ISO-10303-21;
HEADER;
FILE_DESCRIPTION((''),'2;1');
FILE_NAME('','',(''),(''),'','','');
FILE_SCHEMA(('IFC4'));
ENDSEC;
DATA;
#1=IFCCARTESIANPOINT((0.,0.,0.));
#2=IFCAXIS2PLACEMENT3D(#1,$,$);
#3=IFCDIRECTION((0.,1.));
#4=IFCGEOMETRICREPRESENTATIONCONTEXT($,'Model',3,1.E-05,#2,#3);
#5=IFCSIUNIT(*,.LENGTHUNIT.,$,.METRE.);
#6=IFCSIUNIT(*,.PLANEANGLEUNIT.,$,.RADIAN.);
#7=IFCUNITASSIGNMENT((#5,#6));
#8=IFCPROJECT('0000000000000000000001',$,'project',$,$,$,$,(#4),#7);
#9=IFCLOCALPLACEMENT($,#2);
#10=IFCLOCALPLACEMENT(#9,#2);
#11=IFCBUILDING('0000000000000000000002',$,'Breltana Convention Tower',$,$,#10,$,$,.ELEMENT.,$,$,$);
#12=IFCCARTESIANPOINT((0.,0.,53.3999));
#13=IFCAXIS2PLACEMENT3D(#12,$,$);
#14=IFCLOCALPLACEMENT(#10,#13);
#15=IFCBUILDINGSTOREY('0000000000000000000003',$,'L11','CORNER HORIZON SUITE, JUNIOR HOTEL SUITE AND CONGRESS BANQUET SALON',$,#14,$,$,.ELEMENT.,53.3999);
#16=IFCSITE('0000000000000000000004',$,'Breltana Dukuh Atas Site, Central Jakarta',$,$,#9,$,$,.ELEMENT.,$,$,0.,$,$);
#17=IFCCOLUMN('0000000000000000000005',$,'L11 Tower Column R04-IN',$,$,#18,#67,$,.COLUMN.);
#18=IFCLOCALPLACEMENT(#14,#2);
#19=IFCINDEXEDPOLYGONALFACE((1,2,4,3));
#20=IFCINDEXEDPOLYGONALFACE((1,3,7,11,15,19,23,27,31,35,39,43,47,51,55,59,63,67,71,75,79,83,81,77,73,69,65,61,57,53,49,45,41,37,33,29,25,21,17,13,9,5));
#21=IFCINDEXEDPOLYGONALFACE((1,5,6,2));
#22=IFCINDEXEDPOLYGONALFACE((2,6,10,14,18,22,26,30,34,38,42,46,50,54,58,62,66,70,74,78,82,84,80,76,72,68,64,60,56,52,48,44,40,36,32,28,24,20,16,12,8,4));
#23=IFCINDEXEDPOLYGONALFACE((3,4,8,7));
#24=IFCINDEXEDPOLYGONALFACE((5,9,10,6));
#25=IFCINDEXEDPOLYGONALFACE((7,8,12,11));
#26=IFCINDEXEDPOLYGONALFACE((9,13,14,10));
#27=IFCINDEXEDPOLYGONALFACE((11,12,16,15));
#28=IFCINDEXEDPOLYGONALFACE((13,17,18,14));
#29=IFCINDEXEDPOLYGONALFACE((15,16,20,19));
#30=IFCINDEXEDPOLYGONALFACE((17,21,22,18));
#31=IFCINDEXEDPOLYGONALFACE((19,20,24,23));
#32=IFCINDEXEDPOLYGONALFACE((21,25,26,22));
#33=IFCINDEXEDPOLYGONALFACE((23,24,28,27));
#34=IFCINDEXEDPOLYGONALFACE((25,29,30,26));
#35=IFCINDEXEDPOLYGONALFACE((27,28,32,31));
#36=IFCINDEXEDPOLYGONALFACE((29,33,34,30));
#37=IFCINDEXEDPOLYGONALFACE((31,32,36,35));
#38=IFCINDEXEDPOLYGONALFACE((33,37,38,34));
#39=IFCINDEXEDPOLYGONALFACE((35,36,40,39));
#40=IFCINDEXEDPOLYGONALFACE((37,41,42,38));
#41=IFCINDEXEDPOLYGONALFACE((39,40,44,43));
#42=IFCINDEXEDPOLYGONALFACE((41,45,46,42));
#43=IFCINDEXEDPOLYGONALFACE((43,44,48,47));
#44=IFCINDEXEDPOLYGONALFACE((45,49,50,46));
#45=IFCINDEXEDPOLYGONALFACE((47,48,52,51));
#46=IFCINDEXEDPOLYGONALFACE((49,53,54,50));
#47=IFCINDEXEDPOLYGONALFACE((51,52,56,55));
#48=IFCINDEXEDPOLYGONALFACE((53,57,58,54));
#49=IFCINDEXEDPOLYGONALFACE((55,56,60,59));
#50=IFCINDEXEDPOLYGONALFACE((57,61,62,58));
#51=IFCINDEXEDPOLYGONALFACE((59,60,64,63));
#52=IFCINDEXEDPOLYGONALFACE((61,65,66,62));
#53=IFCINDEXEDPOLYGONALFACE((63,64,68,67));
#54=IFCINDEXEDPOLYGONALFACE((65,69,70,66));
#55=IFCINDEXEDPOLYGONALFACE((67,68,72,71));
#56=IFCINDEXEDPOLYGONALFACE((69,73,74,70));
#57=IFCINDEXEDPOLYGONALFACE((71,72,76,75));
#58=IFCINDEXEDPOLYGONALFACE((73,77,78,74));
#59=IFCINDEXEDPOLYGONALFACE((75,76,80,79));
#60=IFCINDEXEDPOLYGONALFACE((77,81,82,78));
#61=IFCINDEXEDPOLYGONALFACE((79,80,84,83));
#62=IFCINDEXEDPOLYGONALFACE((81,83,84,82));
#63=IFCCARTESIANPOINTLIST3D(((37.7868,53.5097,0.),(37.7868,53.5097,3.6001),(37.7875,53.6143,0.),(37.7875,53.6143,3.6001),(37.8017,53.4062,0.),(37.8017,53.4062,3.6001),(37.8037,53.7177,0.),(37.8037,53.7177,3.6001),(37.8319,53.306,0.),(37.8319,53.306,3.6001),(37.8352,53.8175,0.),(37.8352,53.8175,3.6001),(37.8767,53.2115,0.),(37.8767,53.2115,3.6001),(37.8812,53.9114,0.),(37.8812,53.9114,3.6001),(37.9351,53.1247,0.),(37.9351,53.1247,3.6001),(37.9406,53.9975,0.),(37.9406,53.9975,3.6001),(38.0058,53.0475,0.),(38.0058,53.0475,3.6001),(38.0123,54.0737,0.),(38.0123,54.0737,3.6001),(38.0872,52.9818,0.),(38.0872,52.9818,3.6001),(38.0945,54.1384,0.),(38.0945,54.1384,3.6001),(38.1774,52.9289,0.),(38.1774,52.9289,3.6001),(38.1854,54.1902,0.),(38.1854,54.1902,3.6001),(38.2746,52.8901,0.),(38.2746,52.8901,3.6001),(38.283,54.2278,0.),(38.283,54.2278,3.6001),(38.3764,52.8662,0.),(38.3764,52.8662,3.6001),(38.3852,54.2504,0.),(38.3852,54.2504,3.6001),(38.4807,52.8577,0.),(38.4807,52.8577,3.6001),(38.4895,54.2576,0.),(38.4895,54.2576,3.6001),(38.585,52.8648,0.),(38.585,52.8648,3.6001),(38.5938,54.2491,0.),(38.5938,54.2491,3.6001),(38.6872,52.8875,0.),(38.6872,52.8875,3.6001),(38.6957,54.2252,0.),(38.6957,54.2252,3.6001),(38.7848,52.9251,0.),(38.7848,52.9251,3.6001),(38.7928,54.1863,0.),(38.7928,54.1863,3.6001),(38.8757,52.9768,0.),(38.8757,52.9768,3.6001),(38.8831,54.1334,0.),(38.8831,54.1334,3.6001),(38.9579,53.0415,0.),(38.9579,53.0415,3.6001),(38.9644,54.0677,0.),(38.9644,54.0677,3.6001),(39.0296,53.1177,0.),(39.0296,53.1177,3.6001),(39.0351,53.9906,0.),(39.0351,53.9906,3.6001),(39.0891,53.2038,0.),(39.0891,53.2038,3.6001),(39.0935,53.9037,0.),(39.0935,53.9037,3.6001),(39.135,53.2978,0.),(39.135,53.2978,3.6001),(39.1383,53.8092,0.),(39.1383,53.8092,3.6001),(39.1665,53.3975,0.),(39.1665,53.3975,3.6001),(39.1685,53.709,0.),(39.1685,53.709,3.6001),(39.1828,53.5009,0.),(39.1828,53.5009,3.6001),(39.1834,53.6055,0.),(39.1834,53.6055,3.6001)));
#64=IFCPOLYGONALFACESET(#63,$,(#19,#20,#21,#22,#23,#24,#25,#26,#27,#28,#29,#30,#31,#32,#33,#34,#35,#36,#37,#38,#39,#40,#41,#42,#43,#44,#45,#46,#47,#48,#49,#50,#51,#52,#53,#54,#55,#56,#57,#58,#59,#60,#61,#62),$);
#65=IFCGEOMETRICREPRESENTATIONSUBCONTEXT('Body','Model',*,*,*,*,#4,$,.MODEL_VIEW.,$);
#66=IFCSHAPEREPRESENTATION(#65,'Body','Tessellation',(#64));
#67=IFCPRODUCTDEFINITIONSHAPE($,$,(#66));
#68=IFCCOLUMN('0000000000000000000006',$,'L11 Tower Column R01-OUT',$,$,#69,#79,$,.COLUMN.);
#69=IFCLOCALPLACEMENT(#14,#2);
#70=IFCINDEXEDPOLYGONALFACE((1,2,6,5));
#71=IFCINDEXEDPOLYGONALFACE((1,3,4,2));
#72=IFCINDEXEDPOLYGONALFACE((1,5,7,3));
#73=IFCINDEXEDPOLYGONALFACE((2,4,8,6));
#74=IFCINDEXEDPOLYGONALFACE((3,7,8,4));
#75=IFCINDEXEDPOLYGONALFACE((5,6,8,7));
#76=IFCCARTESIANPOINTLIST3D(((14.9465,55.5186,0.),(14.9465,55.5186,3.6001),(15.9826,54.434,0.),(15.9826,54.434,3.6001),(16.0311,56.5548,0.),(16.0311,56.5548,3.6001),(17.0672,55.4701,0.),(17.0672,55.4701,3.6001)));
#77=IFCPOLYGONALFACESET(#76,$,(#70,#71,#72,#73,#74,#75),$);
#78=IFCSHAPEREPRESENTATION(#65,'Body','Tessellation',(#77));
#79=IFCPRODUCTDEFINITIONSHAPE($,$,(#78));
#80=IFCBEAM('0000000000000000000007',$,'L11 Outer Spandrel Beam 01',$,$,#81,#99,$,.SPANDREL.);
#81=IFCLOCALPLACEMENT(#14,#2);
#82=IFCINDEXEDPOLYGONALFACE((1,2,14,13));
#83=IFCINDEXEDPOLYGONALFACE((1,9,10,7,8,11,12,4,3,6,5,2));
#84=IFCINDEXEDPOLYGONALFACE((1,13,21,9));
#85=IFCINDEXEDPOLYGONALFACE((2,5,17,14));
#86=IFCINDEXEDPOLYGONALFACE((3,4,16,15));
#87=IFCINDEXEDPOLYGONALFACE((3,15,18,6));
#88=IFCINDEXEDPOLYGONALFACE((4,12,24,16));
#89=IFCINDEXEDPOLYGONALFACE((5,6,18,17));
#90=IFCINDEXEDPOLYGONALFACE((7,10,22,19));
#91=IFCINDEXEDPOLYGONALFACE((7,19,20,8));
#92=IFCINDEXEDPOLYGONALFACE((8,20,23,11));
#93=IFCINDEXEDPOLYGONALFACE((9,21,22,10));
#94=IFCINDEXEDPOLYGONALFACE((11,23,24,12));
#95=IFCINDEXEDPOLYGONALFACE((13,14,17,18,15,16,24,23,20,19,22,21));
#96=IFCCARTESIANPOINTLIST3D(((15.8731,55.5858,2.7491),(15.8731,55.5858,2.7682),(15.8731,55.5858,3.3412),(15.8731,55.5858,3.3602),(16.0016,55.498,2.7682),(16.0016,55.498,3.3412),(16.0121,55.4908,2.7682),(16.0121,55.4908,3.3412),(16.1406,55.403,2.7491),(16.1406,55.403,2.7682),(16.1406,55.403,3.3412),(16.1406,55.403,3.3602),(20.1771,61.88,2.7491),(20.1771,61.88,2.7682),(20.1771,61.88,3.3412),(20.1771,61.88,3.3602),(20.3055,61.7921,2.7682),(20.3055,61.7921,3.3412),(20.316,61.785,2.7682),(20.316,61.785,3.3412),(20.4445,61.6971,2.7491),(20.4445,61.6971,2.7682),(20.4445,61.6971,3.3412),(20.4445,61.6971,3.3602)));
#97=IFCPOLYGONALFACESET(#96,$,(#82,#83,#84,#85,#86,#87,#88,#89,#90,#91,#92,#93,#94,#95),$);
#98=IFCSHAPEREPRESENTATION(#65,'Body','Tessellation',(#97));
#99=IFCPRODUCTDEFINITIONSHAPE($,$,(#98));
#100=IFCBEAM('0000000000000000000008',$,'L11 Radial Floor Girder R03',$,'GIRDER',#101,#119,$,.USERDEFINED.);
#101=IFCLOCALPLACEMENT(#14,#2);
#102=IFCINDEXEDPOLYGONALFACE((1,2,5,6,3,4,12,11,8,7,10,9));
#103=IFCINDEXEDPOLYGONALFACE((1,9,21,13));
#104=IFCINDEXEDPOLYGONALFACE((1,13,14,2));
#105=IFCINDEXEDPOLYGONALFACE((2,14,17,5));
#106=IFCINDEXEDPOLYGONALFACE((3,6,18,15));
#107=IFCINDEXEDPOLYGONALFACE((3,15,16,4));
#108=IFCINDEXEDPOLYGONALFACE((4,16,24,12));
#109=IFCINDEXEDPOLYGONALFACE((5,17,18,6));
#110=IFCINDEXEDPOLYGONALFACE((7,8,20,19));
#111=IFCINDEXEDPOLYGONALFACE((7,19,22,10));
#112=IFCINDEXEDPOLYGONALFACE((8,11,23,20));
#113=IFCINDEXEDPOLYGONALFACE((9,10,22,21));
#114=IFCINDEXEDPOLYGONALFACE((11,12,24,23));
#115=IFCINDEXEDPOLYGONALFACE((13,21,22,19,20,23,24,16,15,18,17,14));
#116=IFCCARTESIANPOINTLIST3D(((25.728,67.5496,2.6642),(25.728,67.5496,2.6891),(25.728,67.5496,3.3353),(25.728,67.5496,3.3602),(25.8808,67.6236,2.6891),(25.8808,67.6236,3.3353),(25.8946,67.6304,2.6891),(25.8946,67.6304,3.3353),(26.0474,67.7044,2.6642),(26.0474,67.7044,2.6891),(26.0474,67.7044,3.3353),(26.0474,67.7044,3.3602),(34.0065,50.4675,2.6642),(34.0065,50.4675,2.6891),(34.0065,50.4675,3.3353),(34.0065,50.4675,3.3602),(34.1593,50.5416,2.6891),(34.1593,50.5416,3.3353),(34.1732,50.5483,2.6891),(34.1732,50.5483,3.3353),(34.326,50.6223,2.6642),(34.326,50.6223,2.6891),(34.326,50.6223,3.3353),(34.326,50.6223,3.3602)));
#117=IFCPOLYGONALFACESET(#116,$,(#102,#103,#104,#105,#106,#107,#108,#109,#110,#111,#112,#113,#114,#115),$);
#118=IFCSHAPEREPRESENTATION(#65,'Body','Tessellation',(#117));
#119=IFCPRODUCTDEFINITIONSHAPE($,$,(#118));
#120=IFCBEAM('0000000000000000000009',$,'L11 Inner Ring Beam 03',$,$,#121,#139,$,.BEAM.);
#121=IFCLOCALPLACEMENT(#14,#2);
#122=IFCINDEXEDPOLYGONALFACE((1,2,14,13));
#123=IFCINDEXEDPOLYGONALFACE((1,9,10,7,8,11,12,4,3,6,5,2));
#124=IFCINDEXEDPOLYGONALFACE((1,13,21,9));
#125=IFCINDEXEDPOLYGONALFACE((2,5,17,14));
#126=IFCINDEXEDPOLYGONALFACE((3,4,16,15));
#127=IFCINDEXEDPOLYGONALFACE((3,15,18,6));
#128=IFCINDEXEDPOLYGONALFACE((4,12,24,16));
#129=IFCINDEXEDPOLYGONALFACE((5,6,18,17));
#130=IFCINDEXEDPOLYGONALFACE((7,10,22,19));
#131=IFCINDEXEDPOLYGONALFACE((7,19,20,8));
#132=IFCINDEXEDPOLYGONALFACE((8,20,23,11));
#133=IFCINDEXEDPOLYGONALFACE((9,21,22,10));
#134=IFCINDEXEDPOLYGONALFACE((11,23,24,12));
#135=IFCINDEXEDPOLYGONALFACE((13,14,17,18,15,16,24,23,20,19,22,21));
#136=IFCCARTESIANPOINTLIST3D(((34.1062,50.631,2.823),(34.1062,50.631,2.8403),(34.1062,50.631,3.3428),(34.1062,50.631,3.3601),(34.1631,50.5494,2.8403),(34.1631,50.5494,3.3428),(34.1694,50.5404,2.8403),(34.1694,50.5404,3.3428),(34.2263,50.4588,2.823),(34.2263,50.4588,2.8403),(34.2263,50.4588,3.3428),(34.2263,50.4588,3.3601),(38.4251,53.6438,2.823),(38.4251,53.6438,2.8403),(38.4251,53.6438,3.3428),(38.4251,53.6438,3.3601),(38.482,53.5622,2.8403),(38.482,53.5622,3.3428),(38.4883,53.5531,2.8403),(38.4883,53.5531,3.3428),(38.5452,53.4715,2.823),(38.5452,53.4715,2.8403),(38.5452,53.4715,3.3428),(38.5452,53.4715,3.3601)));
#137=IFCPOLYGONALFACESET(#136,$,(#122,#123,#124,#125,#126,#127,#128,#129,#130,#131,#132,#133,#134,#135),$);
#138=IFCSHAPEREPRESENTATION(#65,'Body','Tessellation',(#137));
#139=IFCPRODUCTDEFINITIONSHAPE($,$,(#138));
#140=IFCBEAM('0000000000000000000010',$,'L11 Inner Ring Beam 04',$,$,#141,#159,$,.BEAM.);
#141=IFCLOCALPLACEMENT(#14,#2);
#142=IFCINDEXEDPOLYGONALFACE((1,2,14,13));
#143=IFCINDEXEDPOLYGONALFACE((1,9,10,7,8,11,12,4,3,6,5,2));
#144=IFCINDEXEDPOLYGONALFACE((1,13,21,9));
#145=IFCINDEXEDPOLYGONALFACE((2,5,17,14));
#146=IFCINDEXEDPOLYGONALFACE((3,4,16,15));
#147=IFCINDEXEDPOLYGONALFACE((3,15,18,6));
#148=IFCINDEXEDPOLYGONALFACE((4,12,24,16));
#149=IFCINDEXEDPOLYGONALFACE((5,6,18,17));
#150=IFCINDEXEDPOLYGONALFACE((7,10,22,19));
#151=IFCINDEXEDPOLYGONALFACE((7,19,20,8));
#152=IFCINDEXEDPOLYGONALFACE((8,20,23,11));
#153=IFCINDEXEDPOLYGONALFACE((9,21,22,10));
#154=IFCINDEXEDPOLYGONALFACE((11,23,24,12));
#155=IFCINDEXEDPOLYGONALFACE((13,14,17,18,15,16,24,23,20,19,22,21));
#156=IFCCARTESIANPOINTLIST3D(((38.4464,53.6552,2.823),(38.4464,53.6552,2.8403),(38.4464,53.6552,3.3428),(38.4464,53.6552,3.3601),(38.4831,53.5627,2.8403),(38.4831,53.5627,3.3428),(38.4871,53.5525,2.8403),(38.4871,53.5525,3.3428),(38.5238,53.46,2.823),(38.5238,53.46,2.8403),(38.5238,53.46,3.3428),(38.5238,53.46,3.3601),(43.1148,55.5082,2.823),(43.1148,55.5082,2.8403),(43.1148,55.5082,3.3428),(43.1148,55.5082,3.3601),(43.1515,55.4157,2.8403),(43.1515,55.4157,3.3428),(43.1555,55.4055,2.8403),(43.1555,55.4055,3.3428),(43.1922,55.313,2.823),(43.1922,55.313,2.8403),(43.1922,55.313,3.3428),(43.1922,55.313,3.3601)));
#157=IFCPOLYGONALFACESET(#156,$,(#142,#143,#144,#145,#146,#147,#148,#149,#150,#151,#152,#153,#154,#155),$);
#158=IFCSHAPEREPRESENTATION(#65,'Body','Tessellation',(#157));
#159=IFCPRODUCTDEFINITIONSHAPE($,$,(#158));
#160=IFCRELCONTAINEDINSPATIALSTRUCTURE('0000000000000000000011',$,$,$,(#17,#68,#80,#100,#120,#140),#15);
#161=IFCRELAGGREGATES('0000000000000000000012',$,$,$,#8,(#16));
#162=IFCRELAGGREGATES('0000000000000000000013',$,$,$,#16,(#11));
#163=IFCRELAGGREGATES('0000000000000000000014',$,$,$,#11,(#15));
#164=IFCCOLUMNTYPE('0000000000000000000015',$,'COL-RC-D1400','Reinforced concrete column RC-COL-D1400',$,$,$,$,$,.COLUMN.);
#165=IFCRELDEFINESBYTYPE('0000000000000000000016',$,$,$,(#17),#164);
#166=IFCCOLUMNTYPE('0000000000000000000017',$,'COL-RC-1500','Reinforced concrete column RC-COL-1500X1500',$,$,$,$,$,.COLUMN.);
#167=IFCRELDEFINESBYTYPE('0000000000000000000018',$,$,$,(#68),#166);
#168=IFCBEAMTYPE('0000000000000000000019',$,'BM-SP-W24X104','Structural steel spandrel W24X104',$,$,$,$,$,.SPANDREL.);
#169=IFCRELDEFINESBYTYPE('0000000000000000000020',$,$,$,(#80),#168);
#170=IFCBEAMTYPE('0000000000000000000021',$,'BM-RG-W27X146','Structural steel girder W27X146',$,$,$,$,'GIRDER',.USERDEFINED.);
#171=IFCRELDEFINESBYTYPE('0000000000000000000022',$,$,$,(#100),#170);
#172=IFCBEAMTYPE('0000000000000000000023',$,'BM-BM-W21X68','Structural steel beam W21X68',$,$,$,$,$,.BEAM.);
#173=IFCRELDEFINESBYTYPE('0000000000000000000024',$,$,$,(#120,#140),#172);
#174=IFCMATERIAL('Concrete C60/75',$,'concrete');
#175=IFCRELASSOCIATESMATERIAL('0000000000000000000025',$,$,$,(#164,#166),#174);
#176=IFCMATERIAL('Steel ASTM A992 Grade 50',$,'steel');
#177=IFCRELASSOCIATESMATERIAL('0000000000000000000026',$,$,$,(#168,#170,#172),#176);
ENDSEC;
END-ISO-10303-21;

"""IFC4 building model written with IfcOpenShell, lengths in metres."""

from ifc_helpers import new_model, si_unit, direction, frame, origin, origin_2d, place, context, subcontext, project, spatial, rectangle, circle, i_section, extrude, source, transform, mapped, material, material_profile, profile_set, type_object, type_shapes, element, save


model = new_model("IFC4")

# Units and contexts
model_context = context("Model", 3, precision=1e-05, world=origin(), true_north=direction((0.0, 1.0)))
body_context = subcontext(model_context, "Body", "Model", "MODEL_VIEW")
ifc_project = project(units=[si_unit("LENGTHUNIT", "METRE"), si_unit("PLANEANGLEUNIT", "RADIAN")], contexts=[model_context])

# Site, building, storey
site_placement = place(None, origin())
site = spatial("IfcSite", under=ifc_project, at=site_placement, Name="Breltana Dukuh Atas Site, Central Jakarta", CompositionType="ELEMENT", RefElevation=0.0)
building_placement = place(site_placement, origin())
building = spatial("IfcBuilding", under=site, at=building_placement, Name="Breltana Convention Tower", CompositionType="ELEMENT")
storey_placement = place(building_placement, frame((0.0, 0.0, 53.3999)))
storey = spatial("IfcBuildingStorey", under=building, at=storey_placement, Name="L11", Description="CORNER HORIZON SUITE, JUNIOR HOTEL SUITE AND CONGRESS BANQUET SALON", CompositionType="ELEMENT", Elevation=53.3999)

# Columns
ifc_material_1 = material(Name="Concrete C60/75", Category="concrete")
ifc_material_profile_1 = material_profile(ifc_material_1, circle(Radius=0.7, at=origin_2d()), Name="RC-COL-D1400")
ifc_profile_set_1 = profile_set([ifc_material_profile_1], Name="Concrete C60/75")
column_type_1 = type_object("IfcColumnType", Name="COL-RC-D1400", Description="Reinforced concrete column RC-COL-D1400", PredefinedType="COLUMN", material=ifc_profile_set_1)
shared_shape_1 = source(origin(), body_context, "Body", "SweptSolid", [
    extrude(circle(Radius=0.7, at=origin_2d()), origin(), (0.0, 0.0, 1.0), 3.6001),
])
for number, where, z_axis, x_axis, name in (
    (1, (38.4851, 53.5576, 0.0), (0.0, 0.0, 1.0), (-0.288698, 0.95742, 0.0), "L11 Tower Column R04-IN"),
):
    element("IfcColumn", number, at=place(storey_placement, frame(where, z_axis=z_axis, x_axis=x_axis)), inside=storey, type_object=column_type_1, Name=name, PredefinedType="COLUMN", context=body_context, shape_type="MappedRepresentation", body=[
        mapped(shared_shape_1, transform((0.0, 0.0, 0.0), scale=1.0)),
    ])
ifc_material_profile_2 = material_profile(ifc_material_1, rectangle(XDim=1.5, YDim=1.5, at=origin_2d()), Name="RC-COL-1500X1500")
ifc_profile_set_2 = profile_set([ifc_material_profile_2], Name="Concrete C60/75")
column_type_2 = type_object("IfcColumnType", Name="COL-RC-1500", Description="Reinforced concrete column RC-COL-1500X1500", PredefinedType="COLUMN", material=ifc_profile_set_2)
shared_shape_2 = source(origin(), body_context, "Body", "SweptSolid", [
    extrude(rectangle(XDim=1.5, YDim=1.5, at=origin_2d()), origin(), (0.0, 0.0, 1.0), 3.6001),
])
column_placement = place(storey_placement, frame((16.0068, 55.4944, 0.0), z_axis=(0.0, 0.0, 1.0), x_axis=(-0.690756, 0.723088, 0.0)))
element("IfcColumn", 2, at=column_placement, inside=storey, type_object=column_type_2, Name="L11 Tower Column R01-OUT", PredefinedType="COLUMN", context=body_context, shape_type="MappedRepresentation", body=[
    mapped(shared_shape_2, transform((0.0, 0.0, 0.0), scale=1.0)),
])

# Beams
ifc_material_2 = material(Name="Steel ASTM A992 Grade 50", Category="steel")
ifc_material_profile_3 = material_profile(ifc_material_2, i_section(OverallWidth=0.324, OverallDepth=0.6111, WebThickness=0.0127, FlangeThickness=0.019, at=origin_2d()), Name="W24X104")
ifc_profile_set_3 = profile_set([ifc_material_profile_3], Name="Steel ASTM A992 Grade 50")
beam_type_1 = type_object("IfcBeamType", Name="BM-SP-W24X104", Description="Structural steel spandrel W24X104", PredefinedType="SPANDREL", material=ifc_profile_set_3)
shared_shape_3 = source(origin(), body_context, "Body", "SweptSolid", [
    extrude(i_section(OverallWidth=0.324, OverallDepth=0.6111, WebThickness=0.0127, FlangeThickness=0.019, at=origin_2d()), origin(), (0.0, 0.0, 1.0), 7.625),
])
type_shapes(beam_type_1, [shared_shape_3])
beam_1_placement = place(storey_placement, frame((16.0068, 55.4944, 3.0547), z_axis=(0.564452, 0.825466, 0.0), x_axis=(-0.825466, 0.564452, 0.0)))
element("IfcBeam", 3, at=beam_1_placement, inside=storey, type_object=beam_type_1, Name="L11 Outer Spandrel Beam 01", PredefinedType="SPANDREL", context=body_context, shape_type="MappedRepresentation", body=[
    mapped(shared_shape_3, transform((0.0, 0.0, 0.0), scale=1.0)),
])
ifc_material_profile_4 = material_profile(ifc_material_2, i_section(OverallWidth=0.355, OverallDepth=0.696, WebThickness=0.0154, FlangeThickness=0.0249, at=origin_2d()), Name="W27X146")
ifc_profile_set_4 = profile_set([ifc_material_profile_4], Name="Steel ASTM A992 Grade 50")
beam_type_2 = type_object("IfcBeamType", Name="BM-RG-W27X146", Description="Structural steel girder W27X146", ElementType="GIRDER", PredefinedType="USERDEFINED", material=ifc_profile_set_4)
shared_shape_4 = source(origin(), body_context, "Body", "SweptSolid", [
    extrude(i_section(OverallWidth=0.355, OverallDepth=0.696, WebThickness=0.0154, FlangeThickness=0.0249, at=origin_2d()), origin(), (0.0, 0.0, 1.0), 18.9824),
])
beam_2_placement = place(storey_placement, frame((34.1663, 50.5449, 3.0122), z_axis=(-0.436119, 0.899889, 0.0), x_axis=(-0.899889, -0.436119, 0.0)))
element("IfcBeam", 4, at=beam_2_placement, inside=storey, type_object=beam_type_2, Name="L11 Radial Floor Girder R03", ObjectType="GIRDER", PredefinedType="USERDEFINED", context=body_context, shape_type="MappedRepresentation", body=[
    mapped(shared_shape_4, transform((0.0, 0.0, 0.0), scale=1.0)),
])
ifc_material_profile_5 = material_profile(ifc_material_2, i_section(OverallWidth=0.21, OverallDepth=0.5371, WebThickness=0.011, FlangeThickness=0.0173, at=origin_2d()), Name="W21X68")
ifc_profile_set_5 = profile_set([ifc_material_profile_5], Name="Steel ASTM A992 Grade 50")
beam_type_3 = type_object("IfcBeamType", Name="BM-BM-W21X68", Description="Structural steel beam W21X68", PredefinedType="BEAM", material=ifc_profile_set_5)
shared_shape_5 = source(origin(), body_context, "Body", "SweptSolid", [
    extrude(i_section(OverallWidth=0.21, OverallDepth=0.5371, WebThickness=0.011, FlangeThickness=0.0173, at=origin_2d()), origin(), (0.0, 0.0, 1.0), 5.2659),
])
beam_3_placement = place(storey_placement, frame((34.1663, 50.5449, 3.0916), z_axis=(0.820167, 0.572124, 0.0), x_axis=(-0.572124, 0.820167, 0.0)))
element("IfcBeam", 5, at=beam_3_placement, inside=storey, type_object=beam_type_3, Name="L11 Inner Ring Beam 03", PredefinedType="BEAM", context=body_context, shape_type="MappedRepresentation", body=[
    mapped(shared_shape_5, transform((0.0, 0.0, 0.0), scale=1.0)),
])
shared_shape_6 = source(origin(), body_context, "Body", "SweptSolid", [
    extrude(i_section(OverallWidth=0.21, OverallDepth=0.5371, WebThickness=0.011, FlangeThickness=0.0173, at=origin_2d()), origin(), (0.0, 0.0, 1.0), 5.0227),
])
beam_4_placement = place(storey_placement, frame((38.4851, 53.5576, 3.0916), z_axis=(0.929459, 0.368926, 0.0), x_axis=(-0.368926, 0.929459, 0.0)))
element("IfcBeam", 6, at=beam_4_placement, inside=storey, type_object=beam_type_3, Name="L11 Inner Ring Beam 04", PredefinedType="BEAM", context=body_context, shape_type="MappedRepresentation", body=[
    mapped(shared_shape_6, transform((0.0, 0.0, 0.0), scale=1.0)),
])

save(model, "model.ifc")
